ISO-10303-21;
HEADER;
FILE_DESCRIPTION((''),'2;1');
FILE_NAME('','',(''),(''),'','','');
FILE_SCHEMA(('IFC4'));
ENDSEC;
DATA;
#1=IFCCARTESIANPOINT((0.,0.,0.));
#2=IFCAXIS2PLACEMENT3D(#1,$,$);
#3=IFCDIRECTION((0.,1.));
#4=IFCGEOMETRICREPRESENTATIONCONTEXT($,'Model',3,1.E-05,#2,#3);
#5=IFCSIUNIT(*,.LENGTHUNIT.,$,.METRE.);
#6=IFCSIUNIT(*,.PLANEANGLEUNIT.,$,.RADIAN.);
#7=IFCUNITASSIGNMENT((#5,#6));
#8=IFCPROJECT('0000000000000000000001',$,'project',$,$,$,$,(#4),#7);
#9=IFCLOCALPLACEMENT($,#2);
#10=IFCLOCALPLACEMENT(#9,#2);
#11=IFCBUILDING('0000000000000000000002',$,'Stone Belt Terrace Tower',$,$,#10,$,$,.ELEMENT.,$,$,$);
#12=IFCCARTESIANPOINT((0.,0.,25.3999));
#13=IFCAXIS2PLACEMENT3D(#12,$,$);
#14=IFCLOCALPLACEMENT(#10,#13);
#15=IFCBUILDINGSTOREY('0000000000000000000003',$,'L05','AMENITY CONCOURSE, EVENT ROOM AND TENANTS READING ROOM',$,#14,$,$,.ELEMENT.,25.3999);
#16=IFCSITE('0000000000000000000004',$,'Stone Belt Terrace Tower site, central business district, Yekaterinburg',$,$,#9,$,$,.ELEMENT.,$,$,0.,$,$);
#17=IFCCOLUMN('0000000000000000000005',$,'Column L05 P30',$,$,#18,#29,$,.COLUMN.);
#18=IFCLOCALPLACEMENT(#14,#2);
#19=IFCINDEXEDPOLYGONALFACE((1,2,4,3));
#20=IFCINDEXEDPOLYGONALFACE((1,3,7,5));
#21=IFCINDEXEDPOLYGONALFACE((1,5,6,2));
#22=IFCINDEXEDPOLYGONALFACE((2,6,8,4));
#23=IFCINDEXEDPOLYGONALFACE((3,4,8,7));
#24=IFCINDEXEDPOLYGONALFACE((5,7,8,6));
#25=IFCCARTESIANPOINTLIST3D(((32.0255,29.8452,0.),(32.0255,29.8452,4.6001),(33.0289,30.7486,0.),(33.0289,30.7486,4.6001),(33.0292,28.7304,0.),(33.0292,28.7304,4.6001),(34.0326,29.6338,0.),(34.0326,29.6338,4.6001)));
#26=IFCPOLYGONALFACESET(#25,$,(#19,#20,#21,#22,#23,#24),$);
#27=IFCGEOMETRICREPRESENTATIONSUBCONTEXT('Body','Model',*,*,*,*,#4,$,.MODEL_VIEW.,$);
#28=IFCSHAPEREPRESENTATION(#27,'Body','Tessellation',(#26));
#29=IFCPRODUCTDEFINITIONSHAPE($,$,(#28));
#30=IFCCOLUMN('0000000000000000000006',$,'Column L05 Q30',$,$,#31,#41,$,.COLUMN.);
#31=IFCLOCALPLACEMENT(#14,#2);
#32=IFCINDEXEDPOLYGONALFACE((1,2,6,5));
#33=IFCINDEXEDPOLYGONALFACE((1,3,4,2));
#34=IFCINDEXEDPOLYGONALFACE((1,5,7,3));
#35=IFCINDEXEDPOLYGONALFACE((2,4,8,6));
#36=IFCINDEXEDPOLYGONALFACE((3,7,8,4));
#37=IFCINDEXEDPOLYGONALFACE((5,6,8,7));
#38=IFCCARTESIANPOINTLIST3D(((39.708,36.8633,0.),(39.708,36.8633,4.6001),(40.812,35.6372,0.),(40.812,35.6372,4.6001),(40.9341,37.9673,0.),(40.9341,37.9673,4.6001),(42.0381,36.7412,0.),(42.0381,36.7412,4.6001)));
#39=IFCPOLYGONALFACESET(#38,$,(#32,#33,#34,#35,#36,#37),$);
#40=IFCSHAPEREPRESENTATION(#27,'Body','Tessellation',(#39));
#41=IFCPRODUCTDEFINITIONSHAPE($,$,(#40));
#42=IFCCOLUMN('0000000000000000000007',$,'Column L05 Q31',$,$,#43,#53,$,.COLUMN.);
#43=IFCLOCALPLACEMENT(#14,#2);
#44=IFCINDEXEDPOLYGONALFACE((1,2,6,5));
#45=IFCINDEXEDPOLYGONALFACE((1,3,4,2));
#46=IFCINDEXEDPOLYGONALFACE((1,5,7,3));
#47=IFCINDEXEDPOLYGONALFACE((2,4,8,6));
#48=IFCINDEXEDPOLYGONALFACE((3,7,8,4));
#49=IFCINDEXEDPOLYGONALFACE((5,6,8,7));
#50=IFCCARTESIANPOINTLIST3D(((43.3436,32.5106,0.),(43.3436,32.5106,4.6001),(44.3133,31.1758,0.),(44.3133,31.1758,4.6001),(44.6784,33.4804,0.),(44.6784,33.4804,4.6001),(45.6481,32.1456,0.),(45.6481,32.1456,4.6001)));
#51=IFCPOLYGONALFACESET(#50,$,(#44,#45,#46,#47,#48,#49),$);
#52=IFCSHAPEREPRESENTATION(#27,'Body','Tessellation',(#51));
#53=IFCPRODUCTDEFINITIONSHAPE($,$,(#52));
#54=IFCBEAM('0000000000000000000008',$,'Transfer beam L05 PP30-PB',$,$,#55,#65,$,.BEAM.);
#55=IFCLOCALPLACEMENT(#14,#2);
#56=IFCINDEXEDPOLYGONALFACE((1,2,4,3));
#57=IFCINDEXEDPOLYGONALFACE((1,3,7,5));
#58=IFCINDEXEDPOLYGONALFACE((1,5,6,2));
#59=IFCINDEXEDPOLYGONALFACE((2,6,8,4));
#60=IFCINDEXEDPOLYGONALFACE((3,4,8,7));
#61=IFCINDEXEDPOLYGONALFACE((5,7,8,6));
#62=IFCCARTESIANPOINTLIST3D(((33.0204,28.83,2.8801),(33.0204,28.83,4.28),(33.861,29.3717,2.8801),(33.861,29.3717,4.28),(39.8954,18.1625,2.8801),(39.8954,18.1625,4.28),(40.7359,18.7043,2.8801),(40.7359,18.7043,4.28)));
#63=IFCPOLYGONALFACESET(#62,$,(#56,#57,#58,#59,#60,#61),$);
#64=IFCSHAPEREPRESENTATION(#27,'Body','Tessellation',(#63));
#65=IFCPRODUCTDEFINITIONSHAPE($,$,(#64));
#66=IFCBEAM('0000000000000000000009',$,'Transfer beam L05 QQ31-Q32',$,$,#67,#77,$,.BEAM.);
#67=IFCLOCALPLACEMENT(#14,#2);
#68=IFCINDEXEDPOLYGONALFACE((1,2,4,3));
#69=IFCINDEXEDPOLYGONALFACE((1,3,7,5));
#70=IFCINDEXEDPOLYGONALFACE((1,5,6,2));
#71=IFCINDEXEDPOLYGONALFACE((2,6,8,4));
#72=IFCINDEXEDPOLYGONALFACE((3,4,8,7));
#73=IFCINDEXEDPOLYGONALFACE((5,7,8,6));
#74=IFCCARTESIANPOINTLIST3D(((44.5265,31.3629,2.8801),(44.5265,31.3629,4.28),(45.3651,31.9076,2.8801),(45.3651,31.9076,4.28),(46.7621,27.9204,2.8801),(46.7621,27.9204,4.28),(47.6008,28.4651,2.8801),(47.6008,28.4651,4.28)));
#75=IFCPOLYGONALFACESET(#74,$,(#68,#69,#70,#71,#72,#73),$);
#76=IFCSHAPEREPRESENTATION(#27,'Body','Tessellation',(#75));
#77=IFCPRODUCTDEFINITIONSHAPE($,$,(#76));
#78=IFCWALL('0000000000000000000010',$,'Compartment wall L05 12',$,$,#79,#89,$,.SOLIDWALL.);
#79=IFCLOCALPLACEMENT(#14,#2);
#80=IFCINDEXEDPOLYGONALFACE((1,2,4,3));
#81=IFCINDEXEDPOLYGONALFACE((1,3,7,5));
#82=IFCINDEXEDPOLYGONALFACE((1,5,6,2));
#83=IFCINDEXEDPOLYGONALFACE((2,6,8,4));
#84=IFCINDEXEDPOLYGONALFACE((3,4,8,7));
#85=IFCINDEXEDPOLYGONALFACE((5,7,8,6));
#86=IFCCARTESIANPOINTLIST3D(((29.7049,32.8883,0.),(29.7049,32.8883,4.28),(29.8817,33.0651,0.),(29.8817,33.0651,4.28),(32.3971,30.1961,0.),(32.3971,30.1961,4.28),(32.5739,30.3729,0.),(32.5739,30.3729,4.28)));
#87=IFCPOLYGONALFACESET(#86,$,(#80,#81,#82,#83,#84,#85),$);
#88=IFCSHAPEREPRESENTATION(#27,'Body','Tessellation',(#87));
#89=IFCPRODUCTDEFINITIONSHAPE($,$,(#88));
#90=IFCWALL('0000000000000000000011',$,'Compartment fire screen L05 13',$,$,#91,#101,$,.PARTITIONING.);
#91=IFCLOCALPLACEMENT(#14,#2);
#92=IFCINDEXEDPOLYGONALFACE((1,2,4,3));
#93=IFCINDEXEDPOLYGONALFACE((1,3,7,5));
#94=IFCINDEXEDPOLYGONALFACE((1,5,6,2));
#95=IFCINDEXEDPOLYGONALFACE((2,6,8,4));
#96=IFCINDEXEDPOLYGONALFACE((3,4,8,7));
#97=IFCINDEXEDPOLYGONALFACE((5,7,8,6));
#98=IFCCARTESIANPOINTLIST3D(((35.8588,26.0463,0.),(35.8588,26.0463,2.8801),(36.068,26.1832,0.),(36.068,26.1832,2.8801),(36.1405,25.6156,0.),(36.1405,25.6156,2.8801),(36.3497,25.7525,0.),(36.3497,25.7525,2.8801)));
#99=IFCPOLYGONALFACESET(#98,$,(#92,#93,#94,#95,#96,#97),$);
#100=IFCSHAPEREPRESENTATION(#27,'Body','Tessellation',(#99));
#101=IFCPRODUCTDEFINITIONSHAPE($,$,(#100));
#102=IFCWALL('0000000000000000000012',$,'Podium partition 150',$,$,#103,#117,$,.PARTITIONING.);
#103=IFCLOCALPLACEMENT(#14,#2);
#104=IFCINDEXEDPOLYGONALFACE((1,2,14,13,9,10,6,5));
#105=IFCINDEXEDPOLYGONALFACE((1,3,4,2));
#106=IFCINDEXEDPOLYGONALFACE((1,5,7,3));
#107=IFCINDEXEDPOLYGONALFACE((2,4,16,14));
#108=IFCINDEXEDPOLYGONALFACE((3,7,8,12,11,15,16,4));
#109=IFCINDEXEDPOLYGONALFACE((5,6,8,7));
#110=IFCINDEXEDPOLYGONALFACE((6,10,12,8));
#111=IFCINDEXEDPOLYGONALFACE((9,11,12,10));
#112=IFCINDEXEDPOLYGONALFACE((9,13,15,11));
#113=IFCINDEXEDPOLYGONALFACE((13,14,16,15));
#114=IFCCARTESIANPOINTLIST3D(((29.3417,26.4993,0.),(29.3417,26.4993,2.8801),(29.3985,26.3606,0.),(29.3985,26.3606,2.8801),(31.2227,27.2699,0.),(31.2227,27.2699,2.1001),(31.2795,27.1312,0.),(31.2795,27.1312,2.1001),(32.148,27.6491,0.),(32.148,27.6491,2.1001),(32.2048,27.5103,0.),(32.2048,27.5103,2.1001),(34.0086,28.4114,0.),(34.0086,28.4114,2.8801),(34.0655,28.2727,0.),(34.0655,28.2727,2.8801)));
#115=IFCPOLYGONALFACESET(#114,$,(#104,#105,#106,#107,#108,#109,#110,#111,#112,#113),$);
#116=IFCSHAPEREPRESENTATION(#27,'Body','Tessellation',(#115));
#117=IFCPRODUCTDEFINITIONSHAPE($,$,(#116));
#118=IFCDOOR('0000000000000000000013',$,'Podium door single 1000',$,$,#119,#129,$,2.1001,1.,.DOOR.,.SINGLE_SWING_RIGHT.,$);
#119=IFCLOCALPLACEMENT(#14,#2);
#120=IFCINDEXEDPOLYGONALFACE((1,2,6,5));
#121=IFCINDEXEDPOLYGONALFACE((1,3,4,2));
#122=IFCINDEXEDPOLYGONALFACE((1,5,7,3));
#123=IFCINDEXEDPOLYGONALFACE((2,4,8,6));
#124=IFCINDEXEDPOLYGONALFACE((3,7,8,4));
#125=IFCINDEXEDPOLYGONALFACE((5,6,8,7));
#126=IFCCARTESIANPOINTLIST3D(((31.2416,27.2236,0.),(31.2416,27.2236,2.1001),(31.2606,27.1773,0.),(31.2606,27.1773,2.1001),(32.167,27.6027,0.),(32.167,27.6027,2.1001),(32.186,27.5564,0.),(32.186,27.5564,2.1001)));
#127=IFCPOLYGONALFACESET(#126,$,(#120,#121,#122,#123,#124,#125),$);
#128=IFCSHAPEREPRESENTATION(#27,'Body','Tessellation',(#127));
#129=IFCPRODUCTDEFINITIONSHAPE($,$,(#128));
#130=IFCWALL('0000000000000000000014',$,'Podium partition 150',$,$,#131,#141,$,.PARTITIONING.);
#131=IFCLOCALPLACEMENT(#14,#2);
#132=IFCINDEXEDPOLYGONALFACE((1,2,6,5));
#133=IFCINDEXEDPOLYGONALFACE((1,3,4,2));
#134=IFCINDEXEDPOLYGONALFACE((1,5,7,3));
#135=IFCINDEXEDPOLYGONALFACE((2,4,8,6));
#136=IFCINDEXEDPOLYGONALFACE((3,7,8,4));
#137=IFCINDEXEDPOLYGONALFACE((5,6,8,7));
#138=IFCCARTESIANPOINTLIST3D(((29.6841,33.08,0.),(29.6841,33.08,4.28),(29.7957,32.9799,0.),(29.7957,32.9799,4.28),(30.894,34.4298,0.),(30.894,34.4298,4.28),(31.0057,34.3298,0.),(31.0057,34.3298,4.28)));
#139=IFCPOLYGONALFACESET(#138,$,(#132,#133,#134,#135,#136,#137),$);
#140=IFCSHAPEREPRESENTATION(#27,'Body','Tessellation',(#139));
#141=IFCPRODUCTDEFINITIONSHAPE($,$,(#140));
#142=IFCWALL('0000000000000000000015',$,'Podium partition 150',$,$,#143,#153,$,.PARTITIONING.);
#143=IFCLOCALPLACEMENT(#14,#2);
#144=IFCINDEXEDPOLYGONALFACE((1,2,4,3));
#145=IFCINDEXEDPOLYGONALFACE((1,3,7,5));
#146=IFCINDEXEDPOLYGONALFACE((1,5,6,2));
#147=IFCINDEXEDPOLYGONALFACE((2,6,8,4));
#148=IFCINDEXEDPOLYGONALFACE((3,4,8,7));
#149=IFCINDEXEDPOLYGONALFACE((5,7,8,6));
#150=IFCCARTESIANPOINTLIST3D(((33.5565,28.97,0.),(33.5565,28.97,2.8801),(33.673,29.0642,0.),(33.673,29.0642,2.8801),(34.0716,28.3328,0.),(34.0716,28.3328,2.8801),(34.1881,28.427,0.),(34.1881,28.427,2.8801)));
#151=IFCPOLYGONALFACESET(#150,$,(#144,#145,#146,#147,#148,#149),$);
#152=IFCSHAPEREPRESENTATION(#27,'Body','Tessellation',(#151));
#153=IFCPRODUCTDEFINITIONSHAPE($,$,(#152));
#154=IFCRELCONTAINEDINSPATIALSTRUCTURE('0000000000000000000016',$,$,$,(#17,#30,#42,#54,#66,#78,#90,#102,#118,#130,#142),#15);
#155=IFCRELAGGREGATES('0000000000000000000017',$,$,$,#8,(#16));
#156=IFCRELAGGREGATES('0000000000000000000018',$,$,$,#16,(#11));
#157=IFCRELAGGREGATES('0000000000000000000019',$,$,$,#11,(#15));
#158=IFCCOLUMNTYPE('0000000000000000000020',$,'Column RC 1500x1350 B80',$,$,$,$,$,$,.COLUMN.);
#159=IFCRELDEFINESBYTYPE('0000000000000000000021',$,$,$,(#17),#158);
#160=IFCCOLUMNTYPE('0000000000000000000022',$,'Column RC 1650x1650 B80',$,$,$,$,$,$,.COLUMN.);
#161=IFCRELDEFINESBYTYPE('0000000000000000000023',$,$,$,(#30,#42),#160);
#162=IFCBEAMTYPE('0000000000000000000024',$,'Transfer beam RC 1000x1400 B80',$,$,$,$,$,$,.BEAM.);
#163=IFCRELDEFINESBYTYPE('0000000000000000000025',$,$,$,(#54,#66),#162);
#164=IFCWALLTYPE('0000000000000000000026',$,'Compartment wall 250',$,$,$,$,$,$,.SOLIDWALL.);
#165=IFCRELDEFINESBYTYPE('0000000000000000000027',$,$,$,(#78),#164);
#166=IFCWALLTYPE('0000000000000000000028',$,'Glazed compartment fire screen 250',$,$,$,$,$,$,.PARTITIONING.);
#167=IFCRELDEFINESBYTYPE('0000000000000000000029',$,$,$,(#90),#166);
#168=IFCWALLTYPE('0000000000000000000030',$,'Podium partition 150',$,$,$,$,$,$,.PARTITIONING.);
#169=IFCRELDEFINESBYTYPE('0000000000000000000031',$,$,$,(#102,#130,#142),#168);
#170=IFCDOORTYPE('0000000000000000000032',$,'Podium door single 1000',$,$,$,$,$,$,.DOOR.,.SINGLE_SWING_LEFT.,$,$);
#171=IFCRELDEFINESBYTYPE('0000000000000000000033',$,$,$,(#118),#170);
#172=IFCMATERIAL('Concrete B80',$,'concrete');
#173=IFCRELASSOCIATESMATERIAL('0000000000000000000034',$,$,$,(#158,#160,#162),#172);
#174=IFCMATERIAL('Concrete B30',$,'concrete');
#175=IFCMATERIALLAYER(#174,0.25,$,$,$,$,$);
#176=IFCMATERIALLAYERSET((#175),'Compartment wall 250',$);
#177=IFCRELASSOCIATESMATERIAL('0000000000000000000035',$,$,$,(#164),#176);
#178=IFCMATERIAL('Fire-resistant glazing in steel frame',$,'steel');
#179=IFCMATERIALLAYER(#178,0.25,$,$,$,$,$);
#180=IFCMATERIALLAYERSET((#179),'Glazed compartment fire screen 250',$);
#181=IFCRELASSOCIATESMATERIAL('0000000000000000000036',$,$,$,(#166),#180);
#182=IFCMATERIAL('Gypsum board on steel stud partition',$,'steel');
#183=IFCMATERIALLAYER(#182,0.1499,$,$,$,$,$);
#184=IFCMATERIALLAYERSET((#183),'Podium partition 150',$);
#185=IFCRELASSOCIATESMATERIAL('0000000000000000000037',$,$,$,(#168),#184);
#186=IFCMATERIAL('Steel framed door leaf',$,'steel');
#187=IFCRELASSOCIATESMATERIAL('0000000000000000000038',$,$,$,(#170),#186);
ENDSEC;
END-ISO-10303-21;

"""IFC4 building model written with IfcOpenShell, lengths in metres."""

from ifc_helpers import new_model, si_unit, direction, frame, frame_2d, origin, origin_2d, place, context, subcontext, project, spatial, rectangle, extrude, material, layer, layer_set, material_profile, profile_set, type_object, element, fill, save


model = new_model("IFC4")

# Units and contexts
model_context = context("Model", 3, precision=1e-05, world=origin(), true_north=direction((0.0, 1.0)))
body_context = subcontext(model_context, "Body", "Model", "MODEL_VIEW")
ifc_project = project(units=[si_unit("LENGTHUNIT", "METRE"), si_unit("PLANEANGLEUNIT", "RADIAN")], contexts=[model_context])

# Site, building, storey
site_placement = place(None, origin())
site = spatial("IfcSite", under=ifc_project, at=site_placement, Name="Stone Belt Terrace Tower site, central business district, Yekaterinburg", CompositionType="ELEMENT", RefElevation=0.0)
building_placement = place(site_placement, origin())
building = spatial("IfcBuilding", under=site, at=building_placement, Name="Stone Belt Terrace Tower", CompositionType="ELEMENT")
storey_placement = place(building_placement, frame((0.0, 0.0, 25.3999)))
storey = spatial("IfcBuildingStorey", under=building, at=storey_placement, Name="L05", Description="AMENITY CONCOURSE, EVENT ROOM AND TENANTS READING ROOM", CompositionType="ELEMENT", Elevation=25.3999)

# Columns
ifc_material_1 = material(Name="Concrete B80", Category="concrete")
ifc_material_profile_1 = material_profile(ifc_material_1, rectangle(XDim=1.5, YDim=1.3501, at=origin_2d()), Name="RC 1500x1350")
ifc_profile_set_1 = profile_set([ifc_material_profile_1], Name="Concrete B80")
column_type_1 = type_object("IfcColumnType", Name="Column RC 1500x1350 B80", PredefinedType="COLUMN", material=ifc_profile_set_1)
column_placement = place(storey_placement, frame((33.0291, 29.7395, 0.0), z_axis=(0.0, 0.0, 1.0), x_axis=(0.669131, -0.743145, 0.0)))
element("IfcColumn", 1, at=column_placement, inside=storey, type_object=column_type_1, Name="Column L05 P30", PredefinedType="COLUMN", context=body_context, shape_type="SweptSolid", body=[
    extrude(rectangle(XDim=1.5, YDim=1.3501, at=origin_2d()), origin(), (0.0, 0.0, 1.0), 4.6001),
])
ifc_material_profile_2 = material_profile(ifc_material_1, rectangle(XDim=1.6499, YDim=1.6499, at=origin_2d()), Name="RC 1650x1650")
ifc_profile_set_2 = profile_set([ifc_material_profile_2], Name="Concrete B80")
column_type_2 = type_object("IfcColumnType", Name="Column RC 1650x1650 B80", PredefinedType="COLUMN", material=ifc_profile_set_2)
for number, where, z_axis, x_axis, name in (
    (2, (40.873, 36.8022, 0.0), (0.0, 0.0, 1.0), (0.669131, -0.743145, 0.0), "Column L05 Q30"),
    (3, (44.4958, 32.3281, 0.0), (0.0, 0.0, 1.0), (0.587785, -0.809017, 0.0), "Column L05 Q31"),
):
    element("IfcColumn", number, at=place(storey_placement, frame(where, z_axis=z_axis, x_axis=x_axis)), inside=storey, type_object=column_type_2, Name=name, PredefinedType="COLUMN", context=body_context, shape_type="SweptSolid", body=[
        extrude(rectangle(XDim=1.6499, YDim=1.6499, at=origin_2d()), origin(), (0.0, 0.0, 1.0), 4.6001),
    ])

# Beams
ifc_material_profile_3 = material_profile(ifc_material_1, rectangle(XDim=1.0, YDim=1.3999, at=origin_2d()), Name="RC 1000x1400")
ifc_profile_set_3 = profile_set([ifc_material_profile_3], Name="Concrete B80")
beam_type = type_object("IfcBeamType", Name="Transfer beam RC 1000x1400 B80", PredefinedType="BEAM", material=ifc_profile_set_3)
beam_1_placement = place(storey_placement, frame((33.4407, 29.1008, 3.5801), z_axis=(0.541724, -0.840557, 0.0), x_axis=(0.840557, 0.541724, 0.0)))
element("IfcBeam", 4, at=beam_1_placement, inside=storey, type_object=beam_type, Name="Transfer beam L05 PP30-PB", PredefinedType="BEAM", context=body_context, shape_type="SweptSolid", body=[
    extrude(rectangle(XDim=1.0, YDim=1.3999, at=origin_2d()), origin(), (0.0, 0.0, 1.0), 12.6909),
])
beam_2_placement = place(storey_placement, frame((44.9458, 31.6353, 3.5801), z_axis=(0.544654, -0.838661, 0.0), x_axis=(0.838661, 0.544654, 0.0)))
element("IfcBeam", 5, at=beam_2_placement, inside=storey, type_object=beam_type, Name="Transfer beam L05 QQ31-Q32", PredefinedType="BEAM", context=body_context, shape_type="SweptSolid", body=[
    extrude(rectangle(XDim=1.0, YDim=1.3999, at=origin_2d()), origin(), (0.0, 0.0, 1.0), 4.1047),
])

# Walls
ifc_material_2 = material(Name="Concrete B30", Category="concrete")
ifc_layer_1 = layer(ifc_material_2, 0.25)
ifc_layer_set_1 = layer_set([ifc_layer_1], Name="Compartment wall 250")
wall_type_1 = type_object("IfcWallType", Name="Compartment wall 250", PredefinedType="SOLIDWALL", material=ifc_layer_set_1)
wall_1_placement = place(storey_placement, frame((29.7932, 32.9768, 0.0), z_axis=(0.0, 0.0, 1.0), x_axis=(0.707107, -0.707107, 0.0)))
element("IfcWall", 6, at=wall_1_placement, inside=storey, type_object=wall_type_1, Name="Compartment wall L05 12", PredefinedType="SOLIDWALL", context=body_context, shape_type="SweptSolid", body=[
    extrude(rectangle(XDim=3.8074, YDim=0.25, at=frame_2d((1.9038, 0.0))), origin(), (0.0, 0.0, 1.0), 4.28),
])
ifc_material_3 = material(Name="Fire-resistant glazing in steel frame", Category="steel")
ifc_layer_2 = layer(ifc_material_3, 0.25)
ifc_layer_set_2 = layer_set([ifc_layer_2], Name="Glazed compartment fire screen 250")
wall_type_2 = type_object("IfcWallType", Name="Glazed compartment fire screen 250", PredefinedType="PARTITIONING", material=ifc_layer_set_2)
wall_2_placement = place(storey_placement, frame((35.9634, 26.1147, 0.0), z_axis=(0.0, 0.0, 1.0), x_axis=(0.547454, -0.836836, 0.0)))
element("IfcWall", 7, at=wall_2_placement, inside=storey, type_object=wall_type_2, Name="Compartment fire screen L05 13", PredefinedType="PARTITIONING", context=body_context, shape_type="SweptSolid", body=[
    extrude(rectangle(XDim=0.5146, YDim=0.25, at=frame_2d((0.2573, 0.0))), origin(), (0.0, 0.0, 1.0), 2.8801),
])

# Wall, opening, door
ifc_material_4 = material(Name="Gypsum board on steel stud partition", Category="steel")
ifc_layer_3 = layer(ifc_material_4, 0.1499)
ifc_layer_set_3 = layer_set([ifc_layer_3], Name="Podium partition 150")
wall_type_3 = type_object("IfcWallType", Name="Podium partition 150", PredefinedType="PARTITIONING", material=ifc_layer_set_3)
wall_3_placement = place(storey_placement, frame((29.3701, 26.4299, 0.0), z_axis=(0.0, 0.0, 1.0), x_axis=(0.925346, 0.379123, 0.0)))
wall_3 = element("IfcWall", 8, at=wall_3_placement, inside=storey, type_object=wall_type_3, Name="Podium partition 150", PredefinedType="PARTITIONING", context=body_context, shape_type="SweptSolid", body=[
    extrude(rectangle(XDim=5.0435, YDim=0.1499, at=frame_2d((2.5217, 0.0))), origin(), (0.0, 0.0, 1.0), 2.8801),
])
opening_1_placement = place(wall_3_placement, frame((2.0327, 0.0, 0.0)))
opening_1 = element("IfcOpeningElement", 9, at=opening_1_placement, cuts=wall_3, PredefinedType="OPENING", context=body_context, shape_type="SweptSolid", body=[
    extrude(rectangle(XDim=1.0, YDim=2.1001, at=frame_2d((0.5, 1.05))), frame((0.0, 0.085, 0.0), z_axis=(0.0, -1.0, 0.0), x_axis=(1.0, 0.0, 0.0)), (0.0, 0.0, 1.0), 0.1699),
])
ifc_material_5 = material(Name="Steel framed door leaf", Category="steel")
door_type_1 = type_object("IfcDoorType", Name="Podium door single 1000", OperationType="SINGLE_SWING_LEFT", PredefinedType="DOOR", material=ifc_material_5)
door_1_placement = place(opening_1_placement, origin())
door_1 = element("IfcDoor", 10, at=door_1_placement, inside=storey, type_object=door_type_1, Name="Podium door single 1000", OperationType="SINGLE_SWING_RIGHT", OverallHeight=2.1001, OverallWidth=1.0, PredefinedType="DOOR", context=body_context, shape_type="SweptSolid", body=[
    extrude(rectangle(XDim=1.0, YDim=2.1001, at=frame_2d((0.5, 1.05))), frame((0.0, 0.0249, 0.0), z_axis=(0.0, -1.0, 0.0), x_axis=(1.0, 0.0, 0.0)), (0.0, 0.0, 1.0), 0.05),
])
fill(opening_1, door_1)

# Walls
wall_4_placement = place(storey_placement, frame((29.74, 33.03, 0.0), z_axis=(0.0, 0.0, 1.0), x_axis=(0.667468, 0.744639, 0.0)))
element("IfcWall", 11, at=wall_4_placement, inside=storey, type_object=wall_type_3, Name="Podium partition 150", PredefinedType="PARTITIONING", context=body_context, shape_type="SweptSolid", body=[
    extrude(rectangle(XDim=1.8127, YDim=0.1499, at=frame_2d((0.9062, 0.0))), origin(), (0.0, 0.0, 1.0), 4.28),
])
wall_5_placement = place(storey_placement, frame((33.6147, 29.0171, 0.0), z_axis=(0.0, 0.0, 1.0), x_axis=(0.628684, -0.777661, 0.0)))
element("IfcWall", 12, at=wall_5_placement, inside=storey, type_object=wall_type_3, Name="Podium partition 150", PredefinedType="PARTITIONING", context=body_context, shape_type="SweptSolid", body=[
    extrude(rectangle(XDim=0.8193, YDim=0.1499, at=frame_2d((0.4097, 0.0))), origin(), (0.0, 0.0, 1.0), 2.8801),
])

save(model, "model.ifc")
